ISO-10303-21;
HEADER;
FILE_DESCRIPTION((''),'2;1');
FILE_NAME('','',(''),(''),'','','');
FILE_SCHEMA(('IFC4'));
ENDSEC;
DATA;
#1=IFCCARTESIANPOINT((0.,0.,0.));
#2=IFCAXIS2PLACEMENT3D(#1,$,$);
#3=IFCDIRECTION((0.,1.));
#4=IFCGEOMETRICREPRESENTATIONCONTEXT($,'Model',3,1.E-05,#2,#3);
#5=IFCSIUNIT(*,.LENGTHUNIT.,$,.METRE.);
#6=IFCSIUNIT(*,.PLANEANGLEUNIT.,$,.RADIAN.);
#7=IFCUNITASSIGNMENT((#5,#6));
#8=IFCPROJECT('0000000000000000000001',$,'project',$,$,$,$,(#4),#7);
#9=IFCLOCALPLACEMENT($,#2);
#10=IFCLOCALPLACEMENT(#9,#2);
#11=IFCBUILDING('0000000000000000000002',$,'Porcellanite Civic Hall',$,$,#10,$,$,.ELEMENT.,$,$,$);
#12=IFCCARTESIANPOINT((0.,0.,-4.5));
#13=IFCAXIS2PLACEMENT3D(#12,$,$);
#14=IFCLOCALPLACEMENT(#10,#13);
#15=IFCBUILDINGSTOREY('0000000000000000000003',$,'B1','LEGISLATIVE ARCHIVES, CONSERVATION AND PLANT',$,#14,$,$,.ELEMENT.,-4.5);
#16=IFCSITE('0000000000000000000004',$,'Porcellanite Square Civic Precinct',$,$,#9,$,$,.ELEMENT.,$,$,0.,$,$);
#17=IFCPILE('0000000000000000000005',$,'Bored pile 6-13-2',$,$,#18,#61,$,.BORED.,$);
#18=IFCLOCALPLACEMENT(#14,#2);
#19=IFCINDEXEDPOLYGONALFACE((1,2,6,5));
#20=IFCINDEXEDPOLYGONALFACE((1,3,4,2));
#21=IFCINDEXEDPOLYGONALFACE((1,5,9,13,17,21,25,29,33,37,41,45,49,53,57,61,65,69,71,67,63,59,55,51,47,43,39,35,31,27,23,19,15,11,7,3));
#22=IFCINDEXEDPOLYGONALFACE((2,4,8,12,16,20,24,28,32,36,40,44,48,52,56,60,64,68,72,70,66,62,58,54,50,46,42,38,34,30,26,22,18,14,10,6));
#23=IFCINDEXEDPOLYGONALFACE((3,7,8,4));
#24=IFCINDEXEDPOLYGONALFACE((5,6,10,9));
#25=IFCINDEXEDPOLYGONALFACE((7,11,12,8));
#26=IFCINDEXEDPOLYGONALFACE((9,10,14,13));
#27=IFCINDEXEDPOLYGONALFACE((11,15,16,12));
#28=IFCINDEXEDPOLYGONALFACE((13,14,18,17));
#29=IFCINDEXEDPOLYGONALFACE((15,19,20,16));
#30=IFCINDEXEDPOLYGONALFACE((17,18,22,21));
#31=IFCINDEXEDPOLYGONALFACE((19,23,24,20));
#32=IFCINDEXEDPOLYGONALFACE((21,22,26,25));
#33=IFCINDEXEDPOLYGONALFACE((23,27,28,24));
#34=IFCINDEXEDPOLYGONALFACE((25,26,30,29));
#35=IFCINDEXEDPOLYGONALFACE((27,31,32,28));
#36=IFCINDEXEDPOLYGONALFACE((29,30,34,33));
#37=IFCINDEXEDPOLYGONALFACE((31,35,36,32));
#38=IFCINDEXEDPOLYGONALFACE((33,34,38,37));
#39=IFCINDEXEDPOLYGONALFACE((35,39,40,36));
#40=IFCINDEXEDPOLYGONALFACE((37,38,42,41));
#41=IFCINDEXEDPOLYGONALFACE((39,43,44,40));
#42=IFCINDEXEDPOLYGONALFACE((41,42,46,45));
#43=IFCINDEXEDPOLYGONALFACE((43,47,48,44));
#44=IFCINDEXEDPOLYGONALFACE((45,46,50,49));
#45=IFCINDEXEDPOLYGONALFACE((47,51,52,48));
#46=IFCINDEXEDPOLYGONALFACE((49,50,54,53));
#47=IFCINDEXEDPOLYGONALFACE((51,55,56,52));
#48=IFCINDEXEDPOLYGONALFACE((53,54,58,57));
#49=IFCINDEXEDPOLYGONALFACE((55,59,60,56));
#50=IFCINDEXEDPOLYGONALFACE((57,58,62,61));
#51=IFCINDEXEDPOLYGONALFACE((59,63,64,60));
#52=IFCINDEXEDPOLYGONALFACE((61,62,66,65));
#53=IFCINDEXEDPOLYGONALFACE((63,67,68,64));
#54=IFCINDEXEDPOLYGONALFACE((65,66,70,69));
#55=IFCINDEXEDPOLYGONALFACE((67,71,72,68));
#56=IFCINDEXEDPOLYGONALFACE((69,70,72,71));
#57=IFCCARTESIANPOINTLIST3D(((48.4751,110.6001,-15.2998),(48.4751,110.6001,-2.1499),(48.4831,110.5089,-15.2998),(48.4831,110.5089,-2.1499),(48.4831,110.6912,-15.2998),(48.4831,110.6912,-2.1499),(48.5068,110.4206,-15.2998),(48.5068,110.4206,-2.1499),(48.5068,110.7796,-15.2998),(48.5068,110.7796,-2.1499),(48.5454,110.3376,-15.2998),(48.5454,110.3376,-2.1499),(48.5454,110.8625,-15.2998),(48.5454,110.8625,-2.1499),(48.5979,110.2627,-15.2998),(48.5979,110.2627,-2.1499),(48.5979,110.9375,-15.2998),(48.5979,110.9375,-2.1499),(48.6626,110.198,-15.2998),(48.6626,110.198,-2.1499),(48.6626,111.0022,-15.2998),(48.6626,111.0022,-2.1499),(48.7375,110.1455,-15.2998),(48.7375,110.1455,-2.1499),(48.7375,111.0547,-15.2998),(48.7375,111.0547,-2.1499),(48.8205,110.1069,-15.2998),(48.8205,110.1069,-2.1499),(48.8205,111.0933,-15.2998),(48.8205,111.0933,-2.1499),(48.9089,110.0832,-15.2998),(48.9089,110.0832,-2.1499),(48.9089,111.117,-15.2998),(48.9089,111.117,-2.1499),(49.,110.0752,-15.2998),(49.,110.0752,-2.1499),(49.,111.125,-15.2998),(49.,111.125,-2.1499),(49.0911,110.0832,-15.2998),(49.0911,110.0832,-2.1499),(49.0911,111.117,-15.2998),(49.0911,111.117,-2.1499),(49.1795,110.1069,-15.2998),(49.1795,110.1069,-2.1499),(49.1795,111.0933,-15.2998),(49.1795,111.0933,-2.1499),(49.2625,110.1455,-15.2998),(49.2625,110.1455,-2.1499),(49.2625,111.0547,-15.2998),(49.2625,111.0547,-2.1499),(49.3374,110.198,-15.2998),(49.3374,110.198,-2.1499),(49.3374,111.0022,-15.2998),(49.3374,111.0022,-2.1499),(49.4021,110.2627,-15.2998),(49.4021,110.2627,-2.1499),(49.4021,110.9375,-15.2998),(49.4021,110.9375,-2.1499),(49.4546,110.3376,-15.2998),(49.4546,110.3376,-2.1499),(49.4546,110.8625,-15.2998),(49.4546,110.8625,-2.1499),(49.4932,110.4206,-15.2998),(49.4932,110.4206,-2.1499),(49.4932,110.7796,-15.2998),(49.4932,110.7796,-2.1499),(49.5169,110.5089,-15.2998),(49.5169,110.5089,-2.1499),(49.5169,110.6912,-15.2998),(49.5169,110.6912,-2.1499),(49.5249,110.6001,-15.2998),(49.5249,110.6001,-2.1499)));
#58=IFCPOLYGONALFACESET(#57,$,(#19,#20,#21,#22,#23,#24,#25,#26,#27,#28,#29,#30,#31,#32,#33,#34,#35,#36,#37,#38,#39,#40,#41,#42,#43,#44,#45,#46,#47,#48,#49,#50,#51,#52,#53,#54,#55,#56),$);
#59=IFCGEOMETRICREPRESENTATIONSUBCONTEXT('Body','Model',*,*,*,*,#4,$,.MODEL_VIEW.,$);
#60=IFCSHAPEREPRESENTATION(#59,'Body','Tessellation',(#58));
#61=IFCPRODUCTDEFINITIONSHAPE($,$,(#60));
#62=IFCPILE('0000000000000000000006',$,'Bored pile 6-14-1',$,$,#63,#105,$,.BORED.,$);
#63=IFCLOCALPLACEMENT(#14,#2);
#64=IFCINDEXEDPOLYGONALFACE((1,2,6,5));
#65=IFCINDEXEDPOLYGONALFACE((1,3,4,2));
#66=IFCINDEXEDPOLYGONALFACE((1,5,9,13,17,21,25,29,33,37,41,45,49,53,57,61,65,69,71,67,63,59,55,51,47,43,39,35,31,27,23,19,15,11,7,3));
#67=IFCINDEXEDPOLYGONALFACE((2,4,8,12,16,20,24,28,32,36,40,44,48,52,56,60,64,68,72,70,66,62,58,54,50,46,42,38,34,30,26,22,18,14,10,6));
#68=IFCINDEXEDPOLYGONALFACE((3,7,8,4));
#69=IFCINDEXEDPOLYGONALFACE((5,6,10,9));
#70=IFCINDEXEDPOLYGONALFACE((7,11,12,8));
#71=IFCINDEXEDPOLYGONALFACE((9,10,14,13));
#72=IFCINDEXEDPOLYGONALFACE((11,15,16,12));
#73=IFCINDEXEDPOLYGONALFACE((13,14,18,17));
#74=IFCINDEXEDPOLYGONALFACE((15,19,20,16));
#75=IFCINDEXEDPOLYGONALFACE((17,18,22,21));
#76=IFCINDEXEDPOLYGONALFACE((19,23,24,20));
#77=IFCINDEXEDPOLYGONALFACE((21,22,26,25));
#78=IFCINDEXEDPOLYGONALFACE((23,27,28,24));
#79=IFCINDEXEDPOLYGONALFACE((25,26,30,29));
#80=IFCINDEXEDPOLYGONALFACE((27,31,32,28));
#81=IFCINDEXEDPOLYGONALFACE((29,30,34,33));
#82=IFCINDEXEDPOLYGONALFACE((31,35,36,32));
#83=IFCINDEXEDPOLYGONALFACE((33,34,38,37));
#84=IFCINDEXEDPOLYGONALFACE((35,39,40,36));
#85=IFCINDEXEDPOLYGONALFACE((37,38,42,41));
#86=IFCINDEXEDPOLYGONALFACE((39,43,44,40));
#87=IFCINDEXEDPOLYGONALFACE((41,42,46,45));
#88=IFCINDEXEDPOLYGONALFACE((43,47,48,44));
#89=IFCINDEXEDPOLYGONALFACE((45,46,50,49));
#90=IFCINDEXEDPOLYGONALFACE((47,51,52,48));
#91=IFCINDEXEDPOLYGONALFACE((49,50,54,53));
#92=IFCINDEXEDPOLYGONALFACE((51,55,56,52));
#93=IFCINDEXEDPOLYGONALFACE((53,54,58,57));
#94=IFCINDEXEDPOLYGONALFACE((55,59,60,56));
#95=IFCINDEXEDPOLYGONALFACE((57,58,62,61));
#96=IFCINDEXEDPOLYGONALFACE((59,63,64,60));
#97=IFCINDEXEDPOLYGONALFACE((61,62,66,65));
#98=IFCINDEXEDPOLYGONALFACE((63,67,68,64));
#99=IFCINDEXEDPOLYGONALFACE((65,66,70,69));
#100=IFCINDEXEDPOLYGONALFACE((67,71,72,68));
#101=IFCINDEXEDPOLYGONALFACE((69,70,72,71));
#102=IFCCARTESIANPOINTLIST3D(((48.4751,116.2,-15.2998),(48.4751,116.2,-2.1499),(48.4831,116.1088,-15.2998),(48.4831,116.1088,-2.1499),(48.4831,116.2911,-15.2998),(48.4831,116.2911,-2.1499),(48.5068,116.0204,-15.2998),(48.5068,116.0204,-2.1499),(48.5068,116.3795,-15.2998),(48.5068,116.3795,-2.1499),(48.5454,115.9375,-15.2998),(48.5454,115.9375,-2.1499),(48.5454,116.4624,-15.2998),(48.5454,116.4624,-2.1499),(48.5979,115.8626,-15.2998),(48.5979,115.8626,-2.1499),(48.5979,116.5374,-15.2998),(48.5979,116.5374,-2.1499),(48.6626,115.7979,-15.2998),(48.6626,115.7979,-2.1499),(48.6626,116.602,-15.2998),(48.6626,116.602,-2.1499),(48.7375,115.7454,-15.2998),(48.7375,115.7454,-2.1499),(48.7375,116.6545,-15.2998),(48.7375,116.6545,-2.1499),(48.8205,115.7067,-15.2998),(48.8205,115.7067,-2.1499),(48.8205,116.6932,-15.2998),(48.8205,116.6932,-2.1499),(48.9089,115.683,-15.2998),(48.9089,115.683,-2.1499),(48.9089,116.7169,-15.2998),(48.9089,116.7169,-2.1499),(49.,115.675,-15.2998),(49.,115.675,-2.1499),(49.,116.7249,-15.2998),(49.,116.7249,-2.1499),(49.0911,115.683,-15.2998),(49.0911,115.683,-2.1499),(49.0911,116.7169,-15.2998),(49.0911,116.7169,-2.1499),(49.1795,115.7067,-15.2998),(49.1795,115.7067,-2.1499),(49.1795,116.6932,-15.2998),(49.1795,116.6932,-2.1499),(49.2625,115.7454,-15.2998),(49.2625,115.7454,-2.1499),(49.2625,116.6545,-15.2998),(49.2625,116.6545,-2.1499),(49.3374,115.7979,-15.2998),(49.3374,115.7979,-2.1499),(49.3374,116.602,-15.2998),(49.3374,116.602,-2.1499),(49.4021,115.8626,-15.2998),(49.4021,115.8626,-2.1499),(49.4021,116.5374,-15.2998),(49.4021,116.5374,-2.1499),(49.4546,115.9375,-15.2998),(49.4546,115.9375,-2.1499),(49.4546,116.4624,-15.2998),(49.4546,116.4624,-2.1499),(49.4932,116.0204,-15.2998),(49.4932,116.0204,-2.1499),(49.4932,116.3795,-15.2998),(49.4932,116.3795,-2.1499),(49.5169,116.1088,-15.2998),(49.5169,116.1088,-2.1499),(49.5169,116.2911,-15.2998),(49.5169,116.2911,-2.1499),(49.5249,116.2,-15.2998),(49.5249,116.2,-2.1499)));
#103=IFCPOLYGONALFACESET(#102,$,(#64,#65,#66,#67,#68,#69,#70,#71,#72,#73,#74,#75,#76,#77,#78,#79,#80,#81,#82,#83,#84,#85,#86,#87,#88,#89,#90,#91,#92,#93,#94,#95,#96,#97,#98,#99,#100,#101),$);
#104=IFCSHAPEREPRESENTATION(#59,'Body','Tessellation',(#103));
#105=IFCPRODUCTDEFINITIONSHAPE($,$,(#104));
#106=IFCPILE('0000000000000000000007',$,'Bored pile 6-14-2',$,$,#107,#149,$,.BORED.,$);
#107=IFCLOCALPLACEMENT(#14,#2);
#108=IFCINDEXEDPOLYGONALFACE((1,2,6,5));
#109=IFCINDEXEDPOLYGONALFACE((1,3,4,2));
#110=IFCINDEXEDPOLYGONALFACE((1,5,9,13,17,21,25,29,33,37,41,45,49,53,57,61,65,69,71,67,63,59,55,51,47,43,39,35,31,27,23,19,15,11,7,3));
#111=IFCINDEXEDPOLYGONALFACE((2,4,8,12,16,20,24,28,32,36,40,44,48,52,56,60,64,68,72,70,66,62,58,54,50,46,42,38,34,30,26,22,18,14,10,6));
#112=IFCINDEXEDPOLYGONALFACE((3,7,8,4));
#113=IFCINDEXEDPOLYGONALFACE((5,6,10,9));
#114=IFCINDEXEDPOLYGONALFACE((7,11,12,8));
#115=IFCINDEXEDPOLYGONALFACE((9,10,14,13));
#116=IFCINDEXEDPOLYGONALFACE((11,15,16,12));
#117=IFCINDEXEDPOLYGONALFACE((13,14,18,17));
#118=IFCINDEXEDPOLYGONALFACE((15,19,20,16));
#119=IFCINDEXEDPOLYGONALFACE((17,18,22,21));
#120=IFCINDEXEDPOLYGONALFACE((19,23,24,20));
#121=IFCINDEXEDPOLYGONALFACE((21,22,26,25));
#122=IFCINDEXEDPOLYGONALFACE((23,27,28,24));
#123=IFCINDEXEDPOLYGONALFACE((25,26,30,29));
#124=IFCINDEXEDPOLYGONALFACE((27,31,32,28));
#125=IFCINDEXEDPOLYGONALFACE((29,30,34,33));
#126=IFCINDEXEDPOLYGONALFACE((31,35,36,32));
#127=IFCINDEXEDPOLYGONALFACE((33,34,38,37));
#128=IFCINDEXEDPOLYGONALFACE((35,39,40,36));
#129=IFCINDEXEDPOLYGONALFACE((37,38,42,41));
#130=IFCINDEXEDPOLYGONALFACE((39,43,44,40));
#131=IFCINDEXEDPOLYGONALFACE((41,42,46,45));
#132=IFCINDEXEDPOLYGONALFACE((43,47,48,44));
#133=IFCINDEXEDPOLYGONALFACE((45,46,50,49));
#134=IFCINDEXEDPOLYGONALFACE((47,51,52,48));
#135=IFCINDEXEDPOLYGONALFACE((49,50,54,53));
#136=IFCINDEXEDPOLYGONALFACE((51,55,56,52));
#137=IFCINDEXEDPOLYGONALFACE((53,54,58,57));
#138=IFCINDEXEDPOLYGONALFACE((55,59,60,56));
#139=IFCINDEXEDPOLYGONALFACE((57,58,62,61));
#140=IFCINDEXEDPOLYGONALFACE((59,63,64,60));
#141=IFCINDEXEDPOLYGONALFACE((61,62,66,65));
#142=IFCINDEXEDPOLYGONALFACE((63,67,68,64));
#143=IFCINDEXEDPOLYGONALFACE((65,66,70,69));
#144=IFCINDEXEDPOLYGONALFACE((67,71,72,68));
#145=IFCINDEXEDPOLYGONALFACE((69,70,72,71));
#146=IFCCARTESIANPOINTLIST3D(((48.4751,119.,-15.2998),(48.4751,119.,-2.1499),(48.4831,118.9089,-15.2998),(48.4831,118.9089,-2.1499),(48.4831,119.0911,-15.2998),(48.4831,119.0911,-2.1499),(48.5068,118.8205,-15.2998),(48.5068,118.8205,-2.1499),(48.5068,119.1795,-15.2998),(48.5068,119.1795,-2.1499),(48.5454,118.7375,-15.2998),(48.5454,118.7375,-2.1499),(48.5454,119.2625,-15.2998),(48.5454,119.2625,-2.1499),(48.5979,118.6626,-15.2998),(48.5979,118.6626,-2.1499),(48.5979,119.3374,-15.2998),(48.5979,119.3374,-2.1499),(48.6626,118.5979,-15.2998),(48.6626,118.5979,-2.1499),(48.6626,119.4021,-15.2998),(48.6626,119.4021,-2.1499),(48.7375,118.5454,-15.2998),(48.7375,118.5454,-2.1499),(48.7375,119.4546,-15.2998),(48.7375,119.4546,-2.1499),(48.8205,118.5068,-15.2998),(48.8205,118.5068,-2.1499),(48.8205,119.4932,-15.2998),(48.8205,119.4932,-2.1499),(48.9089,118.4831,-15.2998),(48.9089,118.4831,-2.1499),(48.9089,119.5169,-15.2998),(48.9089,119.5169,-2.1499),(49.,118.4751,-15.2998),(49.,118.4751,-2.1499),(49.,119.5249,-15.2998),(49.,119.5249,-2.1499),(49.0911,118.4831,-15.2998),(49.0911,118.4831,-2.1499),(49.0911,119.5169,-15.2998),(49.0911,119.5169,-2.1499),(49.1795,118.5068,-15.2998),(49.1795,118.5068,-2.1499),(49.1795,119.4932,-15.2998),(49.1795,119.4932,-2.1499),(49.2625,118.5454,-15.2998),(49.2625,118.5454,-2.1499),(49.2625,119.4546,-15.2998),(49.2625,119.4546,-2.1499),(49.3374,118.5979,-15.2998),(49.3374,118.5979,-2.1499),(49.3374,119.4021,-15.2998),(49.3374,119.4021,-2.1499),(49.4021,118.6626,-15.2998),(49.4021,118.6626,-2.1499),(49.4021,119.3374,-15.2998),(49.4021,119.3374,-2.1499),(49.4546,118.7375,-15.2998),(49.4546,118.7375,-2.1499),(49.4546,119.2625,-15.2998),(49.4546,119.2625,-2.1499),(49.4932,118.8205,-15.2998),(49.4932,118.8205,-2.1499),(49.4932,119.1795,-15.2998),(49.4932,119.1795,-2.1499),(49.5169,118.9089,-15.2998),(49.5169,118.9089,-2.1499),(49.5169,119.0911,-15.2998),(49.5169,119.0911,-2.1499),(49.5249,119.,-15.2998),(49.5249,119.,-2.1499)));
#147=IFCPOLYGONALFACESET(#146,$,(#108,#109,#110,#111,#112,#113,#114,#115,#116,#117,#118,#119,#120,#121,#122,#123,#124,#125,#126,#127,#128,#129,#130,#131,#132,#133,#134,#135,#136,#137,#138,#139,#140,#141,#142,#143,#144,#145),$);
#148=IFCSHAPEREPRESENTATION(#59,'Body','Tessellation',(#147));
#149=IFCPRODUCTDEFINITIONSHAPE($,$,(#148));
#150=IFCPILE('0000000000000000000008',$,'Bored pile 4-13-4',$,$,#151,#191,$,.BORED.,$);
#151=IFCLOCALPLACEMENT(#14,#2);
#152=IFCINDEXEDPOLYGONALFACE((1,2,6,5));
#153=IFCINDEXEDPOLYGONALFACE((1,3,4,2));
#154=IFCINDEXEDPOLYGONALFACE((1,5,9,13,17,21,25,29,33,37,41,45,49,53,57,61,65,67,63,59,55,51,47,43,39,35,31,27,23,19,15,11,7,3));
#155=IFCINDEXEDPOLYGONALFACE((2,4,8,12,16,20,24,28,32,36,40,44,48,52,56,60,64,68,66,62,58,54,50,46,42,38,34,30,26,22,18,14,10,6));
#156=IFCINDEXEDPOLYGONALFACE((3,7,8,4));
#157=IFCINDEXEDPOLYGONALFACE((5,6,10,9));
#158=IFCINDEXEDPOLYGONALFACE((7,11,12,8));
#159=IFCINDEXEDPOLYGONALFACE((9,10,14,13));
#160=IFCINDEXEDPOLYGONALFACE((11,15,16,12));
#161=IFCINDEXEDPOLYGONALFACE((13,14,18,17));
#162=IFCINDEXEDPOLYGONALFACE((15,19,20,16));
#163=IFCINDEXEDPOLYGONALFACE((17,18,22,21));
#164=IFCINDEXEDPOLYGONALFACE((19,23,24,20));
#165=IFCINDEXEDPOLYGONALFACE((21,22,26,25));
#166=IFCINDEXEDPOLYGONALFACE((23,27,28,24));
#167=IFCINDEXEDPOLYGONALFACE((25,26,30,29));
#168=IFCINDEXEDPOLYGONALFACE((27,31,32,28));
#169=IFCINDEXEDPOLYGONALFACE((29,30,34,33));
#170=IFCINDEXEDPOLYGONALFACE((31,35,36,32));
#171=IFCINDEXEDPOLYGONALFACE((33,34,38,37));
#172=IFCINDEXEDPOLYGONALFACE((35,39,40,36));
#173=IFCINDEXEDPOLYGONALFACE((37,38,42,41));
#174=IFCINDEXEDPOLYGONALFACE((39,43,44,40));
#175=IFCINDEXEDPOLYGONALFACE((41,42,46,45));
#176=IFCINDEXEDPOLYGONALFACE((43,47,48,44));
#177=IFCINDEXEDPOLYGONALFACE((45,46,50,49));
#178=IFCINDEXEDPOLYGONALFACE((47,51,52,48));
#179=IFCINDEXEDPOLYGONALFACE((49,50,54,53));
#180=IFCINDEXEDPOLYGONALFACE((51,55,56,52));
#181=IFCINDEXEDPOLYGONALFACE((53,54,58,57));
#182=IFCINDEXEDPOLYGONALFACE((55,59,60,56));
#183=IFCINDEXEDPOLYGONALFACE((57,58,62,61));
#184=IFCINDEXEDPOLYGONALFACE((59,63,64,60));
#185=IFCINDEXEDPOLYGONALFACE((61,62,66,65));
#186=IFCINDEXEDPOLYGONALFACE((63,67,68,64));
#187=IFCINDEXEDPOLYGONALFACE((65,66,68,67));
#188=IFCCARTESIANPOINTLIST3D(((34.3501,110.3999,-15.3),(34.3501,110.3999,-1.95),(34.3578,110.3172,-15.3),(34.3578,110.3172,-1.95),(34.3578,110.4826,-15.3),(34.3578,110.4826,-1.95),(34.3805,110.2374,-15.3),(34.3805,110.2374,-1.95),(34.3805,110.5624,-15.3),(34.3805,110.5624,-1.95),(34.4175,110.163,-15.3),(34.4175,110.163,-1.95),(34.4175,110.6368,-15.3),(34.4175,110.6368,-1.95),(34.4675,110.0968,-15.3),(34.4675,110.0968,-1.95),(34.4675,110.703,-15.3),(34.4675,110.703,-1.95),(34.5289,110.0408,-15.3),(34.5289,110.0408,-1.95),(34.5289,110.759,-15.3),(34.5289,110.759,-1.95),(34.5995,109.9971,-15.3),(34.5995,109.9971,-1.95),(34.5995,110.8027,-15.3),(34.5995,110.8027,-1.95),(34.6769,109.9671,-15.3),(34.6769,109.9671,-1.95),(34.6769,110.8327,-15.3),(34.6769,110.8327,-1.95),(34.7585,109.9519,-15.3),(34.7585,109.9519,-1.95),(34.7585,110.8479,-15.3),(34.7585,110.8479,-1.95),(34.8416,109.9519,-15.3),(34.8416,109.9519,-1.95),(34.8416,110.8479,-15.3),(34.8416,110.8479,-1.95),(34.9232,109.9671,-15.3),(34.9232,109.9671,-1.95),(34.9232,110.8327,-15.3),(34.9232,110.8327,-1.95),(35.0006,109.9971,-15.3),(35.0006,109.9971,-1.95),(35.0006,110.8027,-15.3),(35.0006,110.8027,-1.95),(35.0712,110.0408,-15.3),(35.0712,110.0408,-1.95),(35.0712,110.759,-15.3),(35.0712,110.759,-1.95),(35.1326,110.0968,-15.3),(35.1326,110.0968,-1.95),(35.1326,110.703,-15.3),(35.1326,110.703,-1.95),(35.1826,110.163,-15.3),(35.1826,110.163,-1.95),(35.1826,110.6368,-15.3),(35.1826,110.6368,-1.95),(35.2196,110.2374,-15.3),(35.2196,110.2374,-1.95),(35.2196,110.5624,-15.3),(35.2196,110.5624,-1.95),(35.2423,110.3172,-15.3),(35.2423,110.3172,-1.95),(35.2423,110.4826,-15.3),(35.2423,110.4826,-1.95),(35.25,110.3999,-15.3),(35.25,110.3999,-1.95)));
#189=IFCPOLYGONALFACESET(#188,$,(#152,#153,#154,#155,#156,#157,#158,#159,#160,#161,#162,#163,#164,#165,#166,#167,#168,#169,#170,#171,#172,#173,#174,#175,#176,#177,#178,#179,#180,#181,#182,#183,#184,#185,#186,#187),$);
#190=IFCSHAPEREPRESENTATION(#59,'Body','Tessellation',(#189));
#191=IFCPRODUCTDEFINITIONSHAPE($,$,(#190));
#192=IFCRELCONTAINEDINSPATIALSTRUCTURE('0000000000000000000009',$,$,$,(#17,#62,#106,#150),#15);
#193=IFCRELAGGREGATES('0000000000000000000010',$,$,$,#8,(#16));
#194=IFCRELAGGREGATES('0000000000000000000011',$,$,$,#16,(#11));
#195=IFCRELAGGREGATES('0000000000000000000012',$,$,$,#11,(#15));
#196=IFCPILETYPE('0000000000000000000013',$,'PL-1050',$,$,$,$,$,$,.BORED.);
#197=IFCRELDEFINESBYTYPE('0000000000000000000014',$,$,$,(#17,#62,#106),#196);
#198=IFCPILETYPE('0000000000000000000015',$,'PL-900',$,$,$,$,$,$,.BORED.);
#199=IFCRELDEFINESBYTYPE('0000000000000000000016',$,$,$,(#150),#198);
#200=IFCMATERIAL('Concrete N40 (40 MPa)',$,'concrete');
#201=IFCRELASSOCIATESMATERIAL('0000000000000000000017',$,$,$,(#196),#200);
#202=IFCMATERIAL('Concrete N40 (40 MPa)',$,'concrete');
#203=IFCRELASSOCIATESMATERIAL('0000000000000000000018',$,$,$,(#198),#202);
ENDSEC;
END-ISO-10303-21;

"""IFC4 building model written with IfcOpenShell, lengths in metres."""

from ifc_helpers import new_model, si_unit, direction, frame, origin, origin_2d, place, context, subcontext, project, spatial, circle, extrude, material, material_profile, profile_set, type_object, element, save


model = new_model("IFC4")

# Units and contexts
model_context = context("Model", 3, precision=1e-05, world=origin(), true_north=direction((0.0, 1.0)))
body_context = subcontext(model_context, "Body", "Model", "MODEL_VIEW")
ifc_project = project(units=[si_unit("LENGTHUNIT", "METRE"), si_unit("PLANEANGLEUNIT", "RADIAN")], contexts=[model_context])

# Site, building, storey
site_placement = place(None, origin())
site = spatial("IfcSite", under=ifc_project, at=site_placement, Name="Porcellanite Square Civic Precinct", CompositionType="ELEMENT", RefElevation=0.0)
building_placement = place(site_placement, origin())
building = spatial("IfcBuilding", under=site, at=building_placement, Name="Porcellanite Civic Hall", CompositionType="ELEMENT")
storey_placement = place(building_placement, frame((0.0, 0.0, -4.5)))
storey = spatial("IfcBuildingStorey", under=building, at=storey_placement, Name="B1", Description="LEGISLATIVE ARCHIVES, CONSERVATION AND PLANT", CompositionType="ELEMENT", Elevation=-4.5)

# Piles
ifc_material_1 = material(Name="Concrete N40 (40 MPa)", Category="concrete")
ifc_material_profile_1 = material_profile(ifc_material_1, circle(Radius=0.5249, at=origin_2d()), Name="PILE-D1050")
ifc_profile_set_1 = profile_set([ifc_material_profile_1], Name="Concrete N40 (40 MPa)")
pile_type_1 = type_object("IfcPileType", Name="PL-1050", PredefinedType="BORED", material=ifc_profile_set_1)
for number, where, z_axis, x_axis, name in (
    (1, (49.0, 110.6001, -2.1499), (0.0, 0.0, -1.0), (1.0, 0.0, 0.0), "Bored pile 6-13-2"),
    (2, (49.0, 116.2, -2.1499), (0.0, 0.0, -1.0), (1.0, 0.0, 0.0), "Bored pile 6-14-1"),
    (3, (49.0, 119.0, -2.1499), (0.0, 0.0, -1.0), (1.0, 0.0, 0.0), "Bored pile 6-14-2"),
):
    element("IfcPile", number, at=place(storey_placement, frame(where, z_axis=z_axis, x_axis=x_axis)), inside=storey, type_object=pile_type_1, Name=name, PredefinedType="BORED", context=body_context, shape_type="SweptSolid", body=[
        extrude(circle(Radius=0.5249, at=origin_2d()), origin(), (0.0, 0.0, 1.0), 13.1499),
    ])
ifc_material_2 = material(Name="Concrete N40 (40 MPa)", Category="concrete")
ifc_material_profile_2 = material_profile(ifc_material_2, circle(Radius=0.45, at=origin_2d()), Name="PILE-D900")
ifc_profile_set_2 = profile_set([ifc_material_profile_2], Name="Concrete N40 (40 MPa)")
pile_type_2 = type_object("IfcPileType", Name="PL-900", PredefinedType="BORED", material=ifc_profile_set_2)
for number, where, z_axis, x_axis, name in (
    (4, (34.8, 110.3999, -1.95), (0.0, 0.0, -1.0), (1.0, 0.0, 0.0), "Bored pile 4-13-4"),
):
    element("IfcPile", number, at=place(storey_placement, frame(where, z_axis=z_axis, x_axis=x_axis)), inside=storey, type_object=pile_type_2, Name=name, PredefinedType="BORED", context=body_context, shape_type="SweptSolid", body=[
        extrude(circle(Radius=0.45, at=origin_2d()), origin(), (0.0, 0.0, 1.0), 13.3501),
    ])

save(model, "model.ifc")
